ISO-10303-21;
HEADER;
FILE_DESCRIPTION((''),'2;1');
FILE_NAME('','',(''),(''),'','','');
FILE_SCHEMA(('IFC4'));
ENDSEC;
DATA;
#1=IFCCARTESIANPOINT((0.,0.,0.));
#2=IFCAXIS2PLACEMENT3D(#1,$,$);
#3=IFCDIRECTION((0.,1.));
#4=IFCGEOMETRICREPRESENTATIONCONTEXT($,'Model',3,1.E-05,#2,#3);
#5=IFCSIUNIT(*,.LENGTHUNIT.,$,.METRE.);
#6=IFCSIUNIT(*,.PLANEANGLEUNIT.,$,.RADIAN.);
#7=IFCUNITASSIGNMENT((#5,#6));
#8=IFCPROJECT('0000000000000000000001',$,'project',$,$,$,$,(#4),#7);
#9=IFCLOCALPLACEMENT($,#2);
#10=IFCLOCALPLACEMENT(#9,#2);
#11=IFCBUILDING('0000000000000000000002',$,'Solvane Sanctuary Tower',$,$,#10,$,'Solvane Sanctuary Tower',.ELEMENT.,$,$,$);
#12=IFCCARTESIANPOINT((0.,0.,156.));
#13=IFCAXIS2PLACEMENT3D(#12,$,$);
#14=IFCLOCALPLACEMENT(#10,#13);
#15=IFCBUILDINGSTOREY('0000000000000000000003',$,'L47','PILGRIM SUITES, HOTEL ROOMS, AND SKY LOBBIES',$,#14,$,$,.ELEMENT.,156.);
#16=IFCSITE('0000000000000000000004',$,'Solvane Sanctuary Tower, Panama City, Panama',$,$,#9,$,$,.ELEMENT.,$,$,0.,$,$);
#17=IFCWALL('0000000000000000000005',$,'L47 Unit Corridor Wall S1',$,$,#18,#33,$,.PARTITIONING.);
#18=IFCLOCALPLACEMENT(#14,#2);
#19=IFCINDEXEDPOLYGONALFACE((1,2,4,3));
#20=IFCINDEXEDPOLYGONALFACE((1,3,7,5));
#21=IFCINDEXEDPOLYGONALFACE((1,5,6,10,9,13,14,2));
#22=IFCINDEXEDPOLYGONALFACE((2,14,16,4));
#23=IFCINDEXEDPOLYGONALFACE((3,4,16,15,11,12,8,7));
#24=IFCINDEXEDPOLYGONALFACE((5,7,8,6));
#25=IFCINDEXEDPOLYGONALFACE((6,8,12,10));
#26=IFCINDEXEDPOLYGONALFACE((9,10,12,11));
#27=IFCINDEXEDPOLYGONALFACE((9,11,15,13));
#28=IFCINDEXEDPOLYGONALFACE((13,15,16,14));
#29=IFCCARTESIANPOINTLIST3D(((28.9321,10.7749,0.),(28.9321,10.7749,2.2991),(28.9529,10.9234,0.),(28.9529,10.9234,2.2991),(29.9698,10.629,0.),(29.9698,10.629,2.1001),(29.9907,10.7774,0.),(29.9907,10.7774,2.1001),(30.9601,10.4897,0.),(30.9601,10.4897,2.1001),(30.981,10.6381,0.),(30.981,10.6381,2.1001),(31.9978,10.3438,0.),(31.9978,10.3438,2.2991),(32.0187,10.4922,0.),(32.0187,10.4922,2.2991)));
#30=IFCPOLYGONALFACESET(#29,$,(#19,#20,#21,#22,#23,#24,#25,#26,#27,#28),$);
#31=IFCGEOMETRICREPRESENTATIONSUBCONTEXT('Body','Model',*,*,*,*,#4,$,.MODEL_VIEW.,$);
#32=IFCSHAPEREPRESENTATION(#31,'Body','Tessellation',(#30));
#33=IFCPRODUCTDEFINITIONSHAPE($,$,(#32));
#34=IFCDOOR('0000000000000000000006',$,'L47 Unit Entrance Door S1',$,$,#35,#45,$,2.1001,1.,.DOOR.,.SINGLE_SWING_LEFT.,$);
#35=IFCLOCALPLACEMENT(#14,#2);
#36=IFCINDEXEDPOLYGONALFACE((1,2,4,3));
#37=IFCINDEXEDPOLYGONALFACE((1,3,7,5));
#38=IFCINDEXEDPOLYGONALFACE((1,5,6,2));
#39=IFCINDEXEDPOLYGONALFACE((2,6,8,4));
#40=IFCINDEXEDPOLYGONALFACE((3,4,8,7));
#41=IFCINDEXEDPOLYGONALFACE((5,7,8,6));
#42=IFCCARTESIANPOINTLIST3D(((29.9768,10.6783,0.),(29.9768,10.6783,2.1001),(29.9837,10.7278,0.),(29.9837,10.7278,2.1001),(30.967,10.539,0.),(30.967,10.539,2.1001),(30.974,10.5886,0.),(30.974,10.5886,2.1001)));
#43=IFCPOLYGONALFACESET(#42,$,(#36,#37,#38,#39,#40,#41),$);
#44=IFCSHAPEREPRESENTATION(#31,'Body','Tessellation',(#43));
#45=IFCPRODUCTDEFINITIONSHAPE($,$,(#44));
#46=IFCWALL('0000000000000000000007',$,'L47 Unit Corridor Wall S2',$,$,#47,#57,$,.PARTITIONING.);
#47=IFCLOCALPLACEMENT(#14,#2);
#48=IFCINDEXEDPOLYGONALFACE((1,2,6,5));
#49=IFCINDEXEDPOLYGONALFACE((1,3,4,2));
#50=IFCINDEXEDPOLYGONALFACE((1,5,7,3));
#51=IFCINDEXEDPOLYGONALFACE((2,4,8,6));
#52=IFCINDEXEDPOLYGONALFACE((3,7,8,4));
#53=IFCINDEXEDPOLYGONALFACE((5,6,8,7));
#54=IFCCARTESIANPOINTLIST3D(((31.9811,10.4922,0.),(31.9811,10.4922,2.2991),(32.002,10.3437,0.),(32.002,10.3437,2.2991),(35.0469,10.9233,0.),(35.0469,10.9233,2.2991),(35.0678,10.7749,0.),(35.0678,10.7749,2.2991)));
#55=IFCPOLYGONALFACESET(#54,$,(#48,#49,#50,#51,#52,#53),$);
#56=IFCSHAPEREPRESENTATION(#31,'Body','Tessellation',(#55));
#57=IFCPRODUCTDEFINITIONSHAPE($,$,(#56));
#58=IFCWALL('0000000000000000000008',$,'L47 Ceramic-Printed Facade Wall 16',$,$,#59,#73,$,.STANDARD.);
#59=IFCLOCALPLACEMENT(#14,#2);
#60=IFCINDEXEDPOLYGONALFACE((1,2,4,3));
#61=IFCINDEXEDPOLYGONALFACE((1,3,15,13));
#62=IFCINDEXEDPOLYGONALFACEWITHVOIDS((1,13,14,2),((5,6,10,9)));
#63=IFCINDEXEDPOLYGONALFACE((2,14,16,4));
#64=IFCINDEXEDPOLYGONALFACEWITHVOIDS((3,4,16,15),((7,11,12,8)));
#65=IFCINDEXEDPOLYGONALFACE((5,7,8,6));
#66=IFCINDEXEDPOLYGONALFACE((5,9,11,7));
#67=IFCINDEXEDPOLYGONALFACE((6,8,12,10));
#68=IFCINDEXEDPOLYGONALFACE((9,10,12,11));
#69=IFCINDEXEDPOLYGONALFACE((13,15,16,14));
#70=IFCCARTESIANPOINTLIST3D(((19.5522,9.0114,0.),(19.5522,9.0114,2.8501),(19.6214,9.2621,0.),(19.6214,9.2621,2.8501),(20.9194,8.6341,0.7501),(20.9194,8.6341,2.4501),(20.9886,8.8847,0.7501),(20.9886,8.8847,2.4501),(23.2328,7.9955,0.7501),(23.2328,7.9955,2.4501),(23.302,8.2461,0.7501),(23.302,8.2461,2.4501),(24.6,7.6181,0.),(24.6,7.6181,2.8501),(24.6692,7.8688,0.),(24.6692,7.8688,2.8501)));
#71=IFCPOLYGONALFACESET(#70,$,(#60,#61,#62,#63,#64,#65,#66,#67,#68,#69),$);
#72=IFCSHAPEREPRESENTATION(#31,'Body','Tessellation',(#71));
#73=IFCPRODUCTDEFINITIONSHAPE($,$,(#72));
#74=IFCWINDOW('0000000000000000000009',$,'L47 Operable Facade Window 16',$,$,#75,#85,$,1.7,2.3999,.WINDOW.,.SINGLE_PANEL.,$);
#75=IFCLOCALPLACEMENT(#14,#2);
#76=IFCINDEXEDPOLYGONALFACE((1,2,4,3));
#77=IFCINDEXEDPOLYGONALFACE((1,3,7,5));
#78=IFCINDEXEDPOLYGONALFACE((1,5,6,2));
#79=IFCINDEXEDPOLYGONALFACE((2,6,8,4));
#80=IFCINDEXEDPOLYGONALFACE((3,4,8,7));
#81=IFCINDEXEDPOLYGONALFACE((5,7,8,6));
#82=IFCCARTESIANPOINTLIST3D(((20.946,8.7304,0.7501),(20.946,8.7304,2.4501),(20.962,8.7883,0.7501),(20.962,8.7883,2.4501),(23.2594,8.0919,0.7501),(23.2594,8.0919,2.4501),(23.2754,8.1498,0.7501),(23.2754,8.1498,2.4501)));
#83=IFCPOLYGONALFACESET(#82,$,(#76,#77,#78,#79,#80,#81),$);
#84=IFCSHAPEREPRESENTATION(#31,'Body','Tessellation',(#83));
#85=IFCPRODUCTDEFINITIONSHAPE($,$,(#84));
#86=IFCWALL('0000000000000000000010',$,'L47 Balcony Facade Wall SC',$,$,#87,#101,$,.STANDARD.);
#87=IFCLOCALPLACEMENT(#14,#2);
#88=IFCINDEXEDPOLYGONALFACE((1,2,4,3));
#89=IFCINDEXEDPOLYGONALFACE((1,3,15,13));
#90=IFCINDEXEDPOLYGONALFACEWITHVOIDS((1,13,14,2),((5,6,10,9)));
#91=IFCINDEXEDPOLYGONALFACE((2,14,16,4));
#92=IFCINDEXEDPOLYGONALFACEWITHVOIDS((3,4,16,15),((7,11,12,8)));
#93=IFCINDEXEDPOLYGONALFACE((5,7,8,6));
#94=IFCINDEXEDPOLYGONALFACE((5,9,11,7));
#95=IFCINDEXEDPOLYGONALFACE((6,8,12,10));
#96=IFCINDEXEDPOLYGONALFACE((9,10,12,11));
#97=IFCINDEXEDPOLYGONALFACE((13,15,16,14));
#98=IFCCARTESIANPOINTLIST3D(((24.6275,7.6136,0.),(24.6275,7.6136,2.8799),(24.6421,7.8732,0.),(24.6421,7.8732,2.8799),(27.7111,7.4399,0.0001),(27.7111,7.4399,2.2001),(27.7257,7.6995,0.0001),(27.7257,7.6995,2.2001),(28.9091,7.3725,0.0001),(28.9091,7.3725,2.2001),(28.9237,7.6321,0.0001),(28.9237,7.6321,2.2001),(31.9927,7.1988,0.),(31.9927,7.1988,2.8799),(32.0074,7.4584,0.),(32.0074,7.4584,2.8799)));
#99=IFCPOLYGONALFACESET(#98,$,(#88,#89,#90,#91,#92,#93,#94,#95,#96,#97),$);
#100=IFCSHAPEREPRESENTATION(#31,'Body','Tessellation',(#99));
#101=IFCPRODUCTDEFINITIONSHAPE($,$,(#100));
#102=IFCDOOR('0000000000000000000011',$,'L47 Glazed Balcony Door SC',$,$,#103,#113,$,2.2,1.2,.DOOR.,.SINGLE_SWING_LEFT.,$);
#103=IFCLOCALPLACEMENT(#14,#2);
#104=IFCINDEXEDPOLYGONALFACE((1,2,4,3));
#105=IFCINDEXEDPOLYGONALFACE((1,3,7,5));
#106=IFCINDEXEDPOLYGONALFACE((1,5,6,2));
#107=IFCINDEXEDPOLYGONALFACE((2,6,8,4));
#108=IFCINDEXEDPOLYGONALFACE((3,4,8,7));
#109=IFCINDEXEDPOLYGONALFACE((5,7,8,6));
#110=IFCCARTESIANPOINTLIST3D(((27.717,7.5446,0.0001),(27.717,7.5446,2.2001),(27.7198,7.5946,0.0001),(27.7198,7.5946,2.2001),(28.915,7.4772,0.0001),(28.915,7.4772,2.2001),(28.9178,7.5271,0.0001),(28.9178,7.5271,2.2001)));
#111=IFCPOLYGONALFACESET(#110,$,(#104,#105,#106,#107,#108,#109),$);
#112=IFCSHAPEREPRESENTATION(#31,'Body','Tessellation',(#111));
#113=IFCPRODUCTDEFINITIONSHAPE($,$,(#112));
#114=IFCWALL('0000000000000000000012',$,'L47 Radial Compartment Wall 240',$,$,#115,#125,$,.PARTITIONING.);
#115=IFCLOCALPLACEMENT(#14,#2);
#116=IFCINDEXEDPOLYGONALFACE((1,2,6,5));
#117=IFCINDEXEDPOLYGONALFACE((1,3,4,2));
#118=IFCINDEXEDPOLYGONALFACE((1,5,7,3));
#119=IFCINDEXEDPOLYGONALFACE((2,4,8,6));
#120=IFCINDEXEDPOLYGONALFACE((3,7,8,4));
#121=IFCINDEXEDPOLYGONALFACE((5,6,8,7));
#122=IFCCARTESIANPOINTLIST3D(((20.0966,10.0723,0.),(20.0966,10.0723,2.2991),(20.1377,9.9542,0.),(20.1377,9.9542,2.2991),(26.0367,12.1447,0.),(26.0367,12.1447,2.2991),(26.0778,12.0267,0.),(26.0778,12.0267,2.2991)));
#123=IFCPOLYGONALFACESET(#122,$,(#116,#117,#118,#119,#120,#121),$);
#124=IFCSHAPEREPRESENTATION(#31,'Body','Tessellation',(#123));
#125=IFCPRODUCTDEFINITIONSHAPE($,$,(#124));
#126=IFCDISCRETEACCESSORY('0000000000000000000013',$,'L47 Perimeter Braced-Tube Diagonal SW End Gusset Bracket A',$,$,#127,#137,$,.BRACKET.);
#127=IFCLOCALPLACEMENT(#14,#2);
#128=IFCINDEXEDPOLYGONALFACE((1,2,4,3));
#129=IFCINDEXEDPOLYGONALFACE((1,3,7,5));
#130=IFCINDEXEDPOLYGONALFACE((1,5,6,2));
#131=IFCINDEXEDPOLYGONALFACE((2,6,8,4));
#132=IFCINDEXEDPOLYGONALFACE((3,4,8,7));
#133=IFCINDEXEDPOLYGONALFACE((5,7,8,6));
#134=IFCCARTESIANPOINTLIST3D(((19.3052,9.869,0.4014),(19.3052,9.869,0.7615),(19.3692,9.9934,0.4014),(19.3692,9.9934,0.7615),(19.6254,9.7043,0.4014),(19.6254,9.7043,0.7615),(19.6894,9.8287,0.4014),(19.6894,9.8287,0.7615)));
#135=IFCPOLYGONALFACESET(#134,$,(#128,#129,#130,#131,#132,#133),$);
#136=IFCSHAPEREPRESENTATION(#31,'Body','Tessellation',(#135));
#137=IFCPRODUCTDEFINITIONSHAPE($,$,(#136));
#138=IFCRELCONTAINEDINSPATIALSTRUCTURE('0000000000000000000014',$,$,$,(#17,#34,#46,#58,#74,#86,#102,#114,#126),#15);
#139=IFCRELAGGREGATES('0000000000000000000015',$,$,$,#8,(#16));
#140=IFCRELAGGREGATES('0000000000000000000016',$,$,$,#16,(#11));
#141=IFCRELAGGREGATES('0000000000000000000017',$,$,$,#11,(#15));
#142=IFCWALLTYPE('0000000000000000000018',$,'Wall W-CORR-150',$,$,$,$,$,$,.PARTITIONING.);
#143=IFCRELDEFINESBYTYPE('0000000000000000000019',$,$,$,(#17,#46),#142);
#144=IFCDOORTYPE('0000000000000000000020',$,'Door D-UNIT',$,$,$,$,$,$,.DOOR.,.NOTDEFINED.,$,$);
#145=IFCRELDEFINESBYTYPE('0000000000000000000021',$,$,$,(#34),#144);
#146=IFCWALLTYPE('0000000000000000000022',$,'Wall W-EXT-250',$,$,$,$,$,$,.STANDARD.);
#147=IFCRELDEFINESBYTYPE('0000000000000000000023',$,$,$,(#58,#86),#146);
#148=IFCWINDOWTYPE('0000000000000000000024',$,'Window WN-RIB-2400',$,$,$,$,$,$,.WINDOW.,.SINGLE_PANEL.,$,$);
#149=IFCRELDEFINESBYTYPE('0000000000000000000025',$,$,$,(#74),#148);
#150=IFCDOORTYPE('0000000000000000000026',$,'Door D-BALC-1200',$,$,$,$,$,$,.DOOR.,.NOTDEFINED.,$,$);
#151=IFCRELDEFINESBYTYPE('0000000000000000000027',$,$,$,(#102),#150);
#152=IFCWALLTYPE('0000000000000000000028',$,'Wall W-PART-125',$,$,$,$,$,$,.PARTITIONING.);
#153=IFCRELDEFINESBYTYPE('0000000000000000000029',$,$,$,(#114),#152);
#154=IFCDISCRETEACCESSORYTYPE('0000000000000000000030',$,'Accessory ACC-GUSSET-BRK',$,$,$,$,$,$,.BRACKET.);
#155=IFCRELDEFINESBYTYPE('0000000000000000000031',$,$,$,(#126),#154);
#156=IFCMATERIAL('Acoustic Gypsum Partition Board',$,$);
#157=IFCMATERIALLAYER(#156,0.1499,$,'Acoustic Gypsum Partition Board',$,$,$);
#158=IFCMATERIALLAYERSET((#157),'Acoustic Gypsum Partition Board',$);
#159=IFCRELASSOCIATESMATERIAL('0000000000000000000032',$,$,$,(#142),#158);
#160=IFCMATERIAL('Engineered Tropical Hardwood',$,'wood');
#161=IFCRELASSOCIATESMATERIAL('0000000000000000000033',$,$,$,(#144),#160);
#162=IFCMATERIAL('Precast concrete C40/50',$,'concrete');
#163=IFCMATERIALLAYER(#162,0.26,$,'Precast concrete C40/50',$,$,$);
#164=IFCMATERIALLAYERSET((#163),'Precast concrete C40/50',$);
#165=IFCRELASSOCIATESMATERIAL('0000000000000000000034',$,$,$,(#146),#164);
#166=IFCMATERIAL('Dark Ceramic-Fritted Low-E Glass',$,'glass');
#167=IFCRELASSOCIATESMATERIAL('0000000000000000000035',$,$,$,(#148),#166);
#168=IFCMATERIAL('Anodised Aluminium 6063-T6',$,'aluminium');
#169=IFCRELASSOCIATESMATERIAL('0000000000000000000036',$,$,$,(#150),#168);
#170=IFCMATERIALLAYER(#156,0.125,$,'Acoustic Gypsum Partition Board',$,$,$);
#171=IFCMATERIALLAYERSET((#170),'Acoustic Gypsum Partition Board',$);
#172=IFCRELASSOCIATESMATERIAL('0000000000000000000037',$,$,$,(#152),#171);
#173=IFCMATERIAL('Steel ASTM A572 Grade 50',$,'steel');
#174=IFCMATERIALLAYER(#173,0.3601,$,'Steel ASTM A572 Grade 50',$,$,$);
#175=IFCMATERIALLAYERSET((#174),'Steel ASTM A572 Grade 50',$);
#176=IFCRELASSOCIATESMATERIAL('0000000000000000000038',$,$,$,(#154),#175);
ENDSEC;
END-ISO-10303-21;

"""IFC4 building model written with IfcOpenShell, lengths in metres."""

from ifc_helpers import new_model, si_unit, direction, frame, frame_2d, origin, origin_2d, place, context, subcontext, project, spatial, rectangle, extrude, material, layer, layer_set, type_object, element, fill, save


model = new_model("IFC4")

# Units and contexts
model_context = context("Model", 3, precision=1e-05, world=origin(), true_north=direction((0.0, 1.0)))
body_context = subcontext(model_context, "Body", "Model", "MODEL_VIEW")
ifc_project = project(units=[si_unit("LENGTHUNIT", "METRE"), si_unit("PLANEANGLEUNIT", "RADIAN")], contexts=[model_context])

# Site, building, storey
site_placement = place(None, origin())
site = spatial("IfcSite", under=ifc_project, at=site_placement, Name="Solvane Sanctuary Tower, Panama City, Panama", CompositionType="ELEMENT", RefElevation=0.0)
building_placement = place(site_placement, origin())
building = spatial("IfcBuilding", under=site, at=building_placement, Name="Solvane Sanctuary Tower", LongName="Solvane Sanctuary Tower", CompositionType="ELEMENT")
storey_placement = place(building_placement, frame((0.0, 0.0, 156.0)))
storey = spatial("IfcBuildingStorey", under=building, at=storey_placement, Name="L47", Description="PILGRIM SUITES, HOTEL ROOMS, AND SKY LOBBIES", CompositionType="ELEMENT", Elevation=156.0)

# Shared definitions
ifc_material_1 = material(Name="Acoustic Gypsum Partition Board")
ifc_layer_1 = layer(ifc_material_1, 0.1499, Name="Acoustic Gypsum Partition Board")
ifc_layer_set_1 = layer_set([ifc_layer_1], Name="Acoustic Gypsum Partition Board")
wall_type_1 = type_object("IfcWallType", Name="Wall W-CORR-150", PredefinedType="PARTITIONING", material=ifc_layer_set_1)

# Shared definitions
ifc_material_2 = material(Name="Engineered Tropical Hardwood", Category="wood")

# Wall, opening, door
wall_1_placement = place(storey_placement, frame((28.9426, 10.8491, 0.0), z_axis=(0.0, 0.0, 1.0), x_axis=(0.990255, -0.139268, 0.0)))
wall_1 = element("IfcWall", 1, at=wall_1_placement, inside=storey, type_object=wall_type_1, Name="L47 Unit Corridor Wall S1", PredefinedType="PARTITIONING", context=body_context, shape_type="SweptSolid", body=[
    extrude(rectangle(XDim=3.0959, YDim=0.1499, at=frame_2d((1.5479, 0.0))), origin(), (0.0, 0.0, 1.0), 2.2991),
])
opening_1_placement = place(wall_1_placement, frame((1.0479, 0.0, 0.0)))
opening_1 = element("IfcOpeningElement", 2, at=opening_1_placement, cuts=wall_1, PredefinedType="OPENING", context=body_context, shape_type="SweptSolid", body=[
    extrude(rectangle(XDim=1.0, YDim=2.1001, at=frame_2d((0.5, 1.05))), frame((0.0, 0.085, 0.0), z_axis=(0.0, -1.0, 0.0), x_axis=(1.0, 0.0, 0.0)), (0.0, 0.0, 1.0), 0.1699),
])
door_type_1 = type_object("IfcDoorType", Name="Door D-UNIT", OperationType="NOTDEFINED", PredefinedType="DOOR", material=ifc_material_2)
door_1_placement = place(opening_1_placement, origin())
door_1 = element("IfcDoor", 3, at=door_1_placement, inside=storey, type_object=door_type_1, Name="L47 Unit Entrance Door S1", OperationType="SINGLE_SWING_LEFT", OverallHeight=2.1001, OverallWidth=1.0, PredefinedType="DOOR", context=body_context, shape_type="SweptSolid", body=[
    extrude(rectangle(XDim=1.0, YDim=2.1001, at=frame_2d((0.5, 1.05))), frame((0.0, 0.0249, 0.0), z_axis=(0.0, -1.0, 0.0), x_axis=(1.0, 0.0, 0.0)), (0.0, 0.0, 1.0), 0.05),
])
fill(opening_1, door_1)

# Wall
wall_2_placement = place(storey_placement, frame((31.9917, 10.418, 0.0), z_axis=(0.0, 0.0, 1.0), x_axis=(0.990255, 0.139268, 0.0)))
element("IfcWall", 4, at=wall_2_placement, inside=storey, type_object=wall_type_1, Name="L47 Unit Corridor Wall S2", PredefinedType="PARTITIONING", context=body_context, shape_type="SweptSolid", body=[
    extrude(rectangle(XDim=3.0959, YDim=0.1499, at=frame_2d((1.5479, 0.0))), origin(), (0.0, 0.0, 1.0), 2.2991),
])

# Wall, opening, window
ifc_material_3 = material(Name="Precast concrete C40/50", Category="concrete")
ifc_layer_2 = layer(ifc_material_3, 0.26, Name="Precast concrete C40/50")
ifc_layer_set_2 = layer_set([ifc_layer_2], Name="Precast concrete C40/50")
wall_type_2 = type_object("IfcWallType", Name="Wall W-EXT-250", PredefinedType="STANDARD", material=ifc_layer_set_2)
wall_3_placement = place(storey_placement, frame((19.5869, 9.1367, 0.0), z_axis=(0.0, 0.0, 1.0), x_axis=(0.963953, -0.266071, 0.0)))
wall_3 = element("IfcWall", 5, at=wall_3_placement, inside=storey, type_object=wall_type_2, Name="L47 Ceramic-Printed Facade Wall 16", PredefinedType="STANDARD", context=body_context, shape_type="SweptSolid", body=[
    extrude(rectangle(XDim=5.2366, YDim=0.26, at=frame_2d((2.6182, 0.0))), origin(), (0.0, 0.0, 1.0), 2.8501),
])
opening_2_placement = place(wall_3_placement, frame((1.4182, 0.0, 0.75)))
opening_2 = element("IfcOpeningElement", 6, at=opening_2_placement, cuts=wall_3, PredefinedType="OPENING", context=body_context, shape_type="SweptSolid", body=[
    extrude(rectangle(XDim=2.3999, YDim=1.7, at=frame_2d((1.2, 0.8501))), frame((0.0, 0.1399, 0.0), z_axis=(0.0, -1.0, 0.0), x_axis=(1.0, 0.0, 0.0)), (0.0, 0.0, 1.0), 0.28),
])
ifc_material_4 = material(Name="Dark Ceramic-Fritted Low-E Glass", Category="glass")
window_type = type_object("IfcWindowType", Name="Window WN-RIB-2400", PartitioningType="SINGLE_PANEL", PredefinedType="WINDOW", material=ifc_material_4)
window_placement = place(opening_2_placement, origin())
window = element("IfcWindow", 7, at=window_placement, inside=storey, type_object=window_type, Name="L47 Operable Facade Window 16", OverallHeight=1.7, OverallWidth=2.3999, PartitioningType="SINGLE_PANEL", PredefinedType="WINDOW", context=body_context, shape_type="SweptSolid", body=[
    extrude(rectangle(XDim=2.3999, YDim=1.7, at=frame_2d((1.2, 0.8501))), frame((0.0, 0.03, 0.0), z_axis=(0.0, -1.0, 0.0), x_axis=(1.0, 0.0, 0.0)), (0.0, 0.0, 1.0), 0.0601),
])
fill(opening_2, window)

# Wall, opening, door
wall_4_placement = place(storey_placement, frame((24.6348, 7.7434, 0.0), z_axis=(0.0, 0.0, 1.0), x_axis=(0.998418, -0.056229, 0.0)))
wall_4 = element("IfcWall", 8, at=wall_4_placement, inside=storey, type_object=wall_type_2, Name="L47 Balcony Facade Wall SC", PredefinedType="STANDARD", context=body_context, shape_type="SweptSolid", body=[
    extrude(rectangle(XDim=7.377, YDim=0.26, at=frame_2d((3.6885, 0.0))), origin(), (0.0, 0.0, 1.0), 2.8799),
])
opening_3_placement = place(wall_4_placement, frame((3.0884, 0.0, 0.0)))
opening_3 = element("IfcOpeningElement", 9, at=opening_3_placement, cuts=wall_4, PredefinedType="OPENING", context=body_context, shape_type="SweptSolid", body=[
    extrude(rectangle(XDim=1.2, YDim=2.2, at=frame_2d((0.6001, 1.1001))), frame((0.0, 0.1399, 0.0), z_axis=(0.0, -1.0, 0.0), x_axis=(1.0, 0.0, 0.0)), (0.0, 0.0, 1.0), 0.28),
])
ifc_material_5 = material(Name="Anodised Aluminium 6063-T6", Category="aluminium")
door_type_2 = type_object("IfcDoorType", Name="Door D-BALC-1200", OperationType="NOTDEFINED", PredefinedType="DOOR", material=ifc_material_5)
door_2_placement = place(opening_3_placement, origin())
door_2 = element("IfcDoor", 10, at=door_2_placement, inside=storey, type_object=door_type_2, Name="L47 Glazed Balcony Door SC", OperationType="SINGLE_SWING_LEFT", OverallHeight=2.2, OverallWidth=1.2, PredefinedType="DOOR", context=body_context, shape_type="SweptSolid", body=[
    extrude(rectangle(XDim=1.2, YDim=2.2, at=frame_2d((0.6001, 1.1001))), frame((0.0, 0.0249, 0.0), z_axis=(0.0, -1.0, 0.0), x_axis=(1.0, 0.0, 0.0)), (0.0, 0.0, 1.0), 0.05),
])
fill(opening_3, door_2)

# Wall
ifc_layer_3 = layer(ifc_material_1, 0.125, Name="Acoustic Gypsum Partition Board")
ifc_layer_set_3 = layer_set([ifc_layer_3], Name="Acoustic Gypsum Partition Board")
wall_type_3 = type_object("IfcWallType", Name="Wall W-PART-125", PredefinedType="PARTITIONING", material=ifc_layer_set_3)
wall_5_placement = place(storey_placement, frame((26.0571, 12.0857, 0.0), z_axis=(0.0, 0.0, 1.0), x_axis=(-0.944183, -0.329422, 0.0)))
element("IfcWall", 11, at=wall_5_placement, inside=storey, type_object=wall_type_3, Name="L47 Radial Compartment Wall 240", PredefinedType="PARTITIONING", context=body_context, shape_type="SweptSolid", body=[
    extrude(rectangle(XDim=6.2913, YDim=0.125, at=frame_2d((3.1455, 0.0))), origin(), (0.0, 0.0, 1.0), 2.2991),
])

# Discrete accessory
ifc_material_6 = material(Name="Steel ASTM A572 Grade 50", Category="steel")
ifc_layer_4 = layer(ifc_material_6, 0.3601, Name="Steel ASTM A572 Grade 50")
ifc_layer_set_4 = layer_set([ifc_layer_4], Name="Steel ASTM A572 Grade 50")
discrete_accessory_type = type_object("IfcDiscreteAccessoryType", Name="Accessory ACC-GUSSET-BRK", PredefinedType="BRACKET", material=ifc_layer_set_4)
discrete_accessory_placement = place(storey_placement, frame((19.4973, 9.8489, 0.4014), z_axis=(0.0, 0.0, 1.0), x_axis=(-0.889257, 0.457408, 0.0)))
element("IfcDiscreteAccessory", 12, at=discrete_accessory_placement, inside=storey, type_object=discrete_accessory_type, Name="L47 Perimeter Braced-Tube Diagonal SW End Gusset Bracket A", PredefinedType="BRACKET", context=body_context, shape_type="SweptSolid", body=[
    extrude(rectangle(XDim=0.3601, YDim=0.1399, at=origin_2d()), origin(), (0.0, 0.0, 1.0), 0.3601),
])

save(model, "model.ifc")
